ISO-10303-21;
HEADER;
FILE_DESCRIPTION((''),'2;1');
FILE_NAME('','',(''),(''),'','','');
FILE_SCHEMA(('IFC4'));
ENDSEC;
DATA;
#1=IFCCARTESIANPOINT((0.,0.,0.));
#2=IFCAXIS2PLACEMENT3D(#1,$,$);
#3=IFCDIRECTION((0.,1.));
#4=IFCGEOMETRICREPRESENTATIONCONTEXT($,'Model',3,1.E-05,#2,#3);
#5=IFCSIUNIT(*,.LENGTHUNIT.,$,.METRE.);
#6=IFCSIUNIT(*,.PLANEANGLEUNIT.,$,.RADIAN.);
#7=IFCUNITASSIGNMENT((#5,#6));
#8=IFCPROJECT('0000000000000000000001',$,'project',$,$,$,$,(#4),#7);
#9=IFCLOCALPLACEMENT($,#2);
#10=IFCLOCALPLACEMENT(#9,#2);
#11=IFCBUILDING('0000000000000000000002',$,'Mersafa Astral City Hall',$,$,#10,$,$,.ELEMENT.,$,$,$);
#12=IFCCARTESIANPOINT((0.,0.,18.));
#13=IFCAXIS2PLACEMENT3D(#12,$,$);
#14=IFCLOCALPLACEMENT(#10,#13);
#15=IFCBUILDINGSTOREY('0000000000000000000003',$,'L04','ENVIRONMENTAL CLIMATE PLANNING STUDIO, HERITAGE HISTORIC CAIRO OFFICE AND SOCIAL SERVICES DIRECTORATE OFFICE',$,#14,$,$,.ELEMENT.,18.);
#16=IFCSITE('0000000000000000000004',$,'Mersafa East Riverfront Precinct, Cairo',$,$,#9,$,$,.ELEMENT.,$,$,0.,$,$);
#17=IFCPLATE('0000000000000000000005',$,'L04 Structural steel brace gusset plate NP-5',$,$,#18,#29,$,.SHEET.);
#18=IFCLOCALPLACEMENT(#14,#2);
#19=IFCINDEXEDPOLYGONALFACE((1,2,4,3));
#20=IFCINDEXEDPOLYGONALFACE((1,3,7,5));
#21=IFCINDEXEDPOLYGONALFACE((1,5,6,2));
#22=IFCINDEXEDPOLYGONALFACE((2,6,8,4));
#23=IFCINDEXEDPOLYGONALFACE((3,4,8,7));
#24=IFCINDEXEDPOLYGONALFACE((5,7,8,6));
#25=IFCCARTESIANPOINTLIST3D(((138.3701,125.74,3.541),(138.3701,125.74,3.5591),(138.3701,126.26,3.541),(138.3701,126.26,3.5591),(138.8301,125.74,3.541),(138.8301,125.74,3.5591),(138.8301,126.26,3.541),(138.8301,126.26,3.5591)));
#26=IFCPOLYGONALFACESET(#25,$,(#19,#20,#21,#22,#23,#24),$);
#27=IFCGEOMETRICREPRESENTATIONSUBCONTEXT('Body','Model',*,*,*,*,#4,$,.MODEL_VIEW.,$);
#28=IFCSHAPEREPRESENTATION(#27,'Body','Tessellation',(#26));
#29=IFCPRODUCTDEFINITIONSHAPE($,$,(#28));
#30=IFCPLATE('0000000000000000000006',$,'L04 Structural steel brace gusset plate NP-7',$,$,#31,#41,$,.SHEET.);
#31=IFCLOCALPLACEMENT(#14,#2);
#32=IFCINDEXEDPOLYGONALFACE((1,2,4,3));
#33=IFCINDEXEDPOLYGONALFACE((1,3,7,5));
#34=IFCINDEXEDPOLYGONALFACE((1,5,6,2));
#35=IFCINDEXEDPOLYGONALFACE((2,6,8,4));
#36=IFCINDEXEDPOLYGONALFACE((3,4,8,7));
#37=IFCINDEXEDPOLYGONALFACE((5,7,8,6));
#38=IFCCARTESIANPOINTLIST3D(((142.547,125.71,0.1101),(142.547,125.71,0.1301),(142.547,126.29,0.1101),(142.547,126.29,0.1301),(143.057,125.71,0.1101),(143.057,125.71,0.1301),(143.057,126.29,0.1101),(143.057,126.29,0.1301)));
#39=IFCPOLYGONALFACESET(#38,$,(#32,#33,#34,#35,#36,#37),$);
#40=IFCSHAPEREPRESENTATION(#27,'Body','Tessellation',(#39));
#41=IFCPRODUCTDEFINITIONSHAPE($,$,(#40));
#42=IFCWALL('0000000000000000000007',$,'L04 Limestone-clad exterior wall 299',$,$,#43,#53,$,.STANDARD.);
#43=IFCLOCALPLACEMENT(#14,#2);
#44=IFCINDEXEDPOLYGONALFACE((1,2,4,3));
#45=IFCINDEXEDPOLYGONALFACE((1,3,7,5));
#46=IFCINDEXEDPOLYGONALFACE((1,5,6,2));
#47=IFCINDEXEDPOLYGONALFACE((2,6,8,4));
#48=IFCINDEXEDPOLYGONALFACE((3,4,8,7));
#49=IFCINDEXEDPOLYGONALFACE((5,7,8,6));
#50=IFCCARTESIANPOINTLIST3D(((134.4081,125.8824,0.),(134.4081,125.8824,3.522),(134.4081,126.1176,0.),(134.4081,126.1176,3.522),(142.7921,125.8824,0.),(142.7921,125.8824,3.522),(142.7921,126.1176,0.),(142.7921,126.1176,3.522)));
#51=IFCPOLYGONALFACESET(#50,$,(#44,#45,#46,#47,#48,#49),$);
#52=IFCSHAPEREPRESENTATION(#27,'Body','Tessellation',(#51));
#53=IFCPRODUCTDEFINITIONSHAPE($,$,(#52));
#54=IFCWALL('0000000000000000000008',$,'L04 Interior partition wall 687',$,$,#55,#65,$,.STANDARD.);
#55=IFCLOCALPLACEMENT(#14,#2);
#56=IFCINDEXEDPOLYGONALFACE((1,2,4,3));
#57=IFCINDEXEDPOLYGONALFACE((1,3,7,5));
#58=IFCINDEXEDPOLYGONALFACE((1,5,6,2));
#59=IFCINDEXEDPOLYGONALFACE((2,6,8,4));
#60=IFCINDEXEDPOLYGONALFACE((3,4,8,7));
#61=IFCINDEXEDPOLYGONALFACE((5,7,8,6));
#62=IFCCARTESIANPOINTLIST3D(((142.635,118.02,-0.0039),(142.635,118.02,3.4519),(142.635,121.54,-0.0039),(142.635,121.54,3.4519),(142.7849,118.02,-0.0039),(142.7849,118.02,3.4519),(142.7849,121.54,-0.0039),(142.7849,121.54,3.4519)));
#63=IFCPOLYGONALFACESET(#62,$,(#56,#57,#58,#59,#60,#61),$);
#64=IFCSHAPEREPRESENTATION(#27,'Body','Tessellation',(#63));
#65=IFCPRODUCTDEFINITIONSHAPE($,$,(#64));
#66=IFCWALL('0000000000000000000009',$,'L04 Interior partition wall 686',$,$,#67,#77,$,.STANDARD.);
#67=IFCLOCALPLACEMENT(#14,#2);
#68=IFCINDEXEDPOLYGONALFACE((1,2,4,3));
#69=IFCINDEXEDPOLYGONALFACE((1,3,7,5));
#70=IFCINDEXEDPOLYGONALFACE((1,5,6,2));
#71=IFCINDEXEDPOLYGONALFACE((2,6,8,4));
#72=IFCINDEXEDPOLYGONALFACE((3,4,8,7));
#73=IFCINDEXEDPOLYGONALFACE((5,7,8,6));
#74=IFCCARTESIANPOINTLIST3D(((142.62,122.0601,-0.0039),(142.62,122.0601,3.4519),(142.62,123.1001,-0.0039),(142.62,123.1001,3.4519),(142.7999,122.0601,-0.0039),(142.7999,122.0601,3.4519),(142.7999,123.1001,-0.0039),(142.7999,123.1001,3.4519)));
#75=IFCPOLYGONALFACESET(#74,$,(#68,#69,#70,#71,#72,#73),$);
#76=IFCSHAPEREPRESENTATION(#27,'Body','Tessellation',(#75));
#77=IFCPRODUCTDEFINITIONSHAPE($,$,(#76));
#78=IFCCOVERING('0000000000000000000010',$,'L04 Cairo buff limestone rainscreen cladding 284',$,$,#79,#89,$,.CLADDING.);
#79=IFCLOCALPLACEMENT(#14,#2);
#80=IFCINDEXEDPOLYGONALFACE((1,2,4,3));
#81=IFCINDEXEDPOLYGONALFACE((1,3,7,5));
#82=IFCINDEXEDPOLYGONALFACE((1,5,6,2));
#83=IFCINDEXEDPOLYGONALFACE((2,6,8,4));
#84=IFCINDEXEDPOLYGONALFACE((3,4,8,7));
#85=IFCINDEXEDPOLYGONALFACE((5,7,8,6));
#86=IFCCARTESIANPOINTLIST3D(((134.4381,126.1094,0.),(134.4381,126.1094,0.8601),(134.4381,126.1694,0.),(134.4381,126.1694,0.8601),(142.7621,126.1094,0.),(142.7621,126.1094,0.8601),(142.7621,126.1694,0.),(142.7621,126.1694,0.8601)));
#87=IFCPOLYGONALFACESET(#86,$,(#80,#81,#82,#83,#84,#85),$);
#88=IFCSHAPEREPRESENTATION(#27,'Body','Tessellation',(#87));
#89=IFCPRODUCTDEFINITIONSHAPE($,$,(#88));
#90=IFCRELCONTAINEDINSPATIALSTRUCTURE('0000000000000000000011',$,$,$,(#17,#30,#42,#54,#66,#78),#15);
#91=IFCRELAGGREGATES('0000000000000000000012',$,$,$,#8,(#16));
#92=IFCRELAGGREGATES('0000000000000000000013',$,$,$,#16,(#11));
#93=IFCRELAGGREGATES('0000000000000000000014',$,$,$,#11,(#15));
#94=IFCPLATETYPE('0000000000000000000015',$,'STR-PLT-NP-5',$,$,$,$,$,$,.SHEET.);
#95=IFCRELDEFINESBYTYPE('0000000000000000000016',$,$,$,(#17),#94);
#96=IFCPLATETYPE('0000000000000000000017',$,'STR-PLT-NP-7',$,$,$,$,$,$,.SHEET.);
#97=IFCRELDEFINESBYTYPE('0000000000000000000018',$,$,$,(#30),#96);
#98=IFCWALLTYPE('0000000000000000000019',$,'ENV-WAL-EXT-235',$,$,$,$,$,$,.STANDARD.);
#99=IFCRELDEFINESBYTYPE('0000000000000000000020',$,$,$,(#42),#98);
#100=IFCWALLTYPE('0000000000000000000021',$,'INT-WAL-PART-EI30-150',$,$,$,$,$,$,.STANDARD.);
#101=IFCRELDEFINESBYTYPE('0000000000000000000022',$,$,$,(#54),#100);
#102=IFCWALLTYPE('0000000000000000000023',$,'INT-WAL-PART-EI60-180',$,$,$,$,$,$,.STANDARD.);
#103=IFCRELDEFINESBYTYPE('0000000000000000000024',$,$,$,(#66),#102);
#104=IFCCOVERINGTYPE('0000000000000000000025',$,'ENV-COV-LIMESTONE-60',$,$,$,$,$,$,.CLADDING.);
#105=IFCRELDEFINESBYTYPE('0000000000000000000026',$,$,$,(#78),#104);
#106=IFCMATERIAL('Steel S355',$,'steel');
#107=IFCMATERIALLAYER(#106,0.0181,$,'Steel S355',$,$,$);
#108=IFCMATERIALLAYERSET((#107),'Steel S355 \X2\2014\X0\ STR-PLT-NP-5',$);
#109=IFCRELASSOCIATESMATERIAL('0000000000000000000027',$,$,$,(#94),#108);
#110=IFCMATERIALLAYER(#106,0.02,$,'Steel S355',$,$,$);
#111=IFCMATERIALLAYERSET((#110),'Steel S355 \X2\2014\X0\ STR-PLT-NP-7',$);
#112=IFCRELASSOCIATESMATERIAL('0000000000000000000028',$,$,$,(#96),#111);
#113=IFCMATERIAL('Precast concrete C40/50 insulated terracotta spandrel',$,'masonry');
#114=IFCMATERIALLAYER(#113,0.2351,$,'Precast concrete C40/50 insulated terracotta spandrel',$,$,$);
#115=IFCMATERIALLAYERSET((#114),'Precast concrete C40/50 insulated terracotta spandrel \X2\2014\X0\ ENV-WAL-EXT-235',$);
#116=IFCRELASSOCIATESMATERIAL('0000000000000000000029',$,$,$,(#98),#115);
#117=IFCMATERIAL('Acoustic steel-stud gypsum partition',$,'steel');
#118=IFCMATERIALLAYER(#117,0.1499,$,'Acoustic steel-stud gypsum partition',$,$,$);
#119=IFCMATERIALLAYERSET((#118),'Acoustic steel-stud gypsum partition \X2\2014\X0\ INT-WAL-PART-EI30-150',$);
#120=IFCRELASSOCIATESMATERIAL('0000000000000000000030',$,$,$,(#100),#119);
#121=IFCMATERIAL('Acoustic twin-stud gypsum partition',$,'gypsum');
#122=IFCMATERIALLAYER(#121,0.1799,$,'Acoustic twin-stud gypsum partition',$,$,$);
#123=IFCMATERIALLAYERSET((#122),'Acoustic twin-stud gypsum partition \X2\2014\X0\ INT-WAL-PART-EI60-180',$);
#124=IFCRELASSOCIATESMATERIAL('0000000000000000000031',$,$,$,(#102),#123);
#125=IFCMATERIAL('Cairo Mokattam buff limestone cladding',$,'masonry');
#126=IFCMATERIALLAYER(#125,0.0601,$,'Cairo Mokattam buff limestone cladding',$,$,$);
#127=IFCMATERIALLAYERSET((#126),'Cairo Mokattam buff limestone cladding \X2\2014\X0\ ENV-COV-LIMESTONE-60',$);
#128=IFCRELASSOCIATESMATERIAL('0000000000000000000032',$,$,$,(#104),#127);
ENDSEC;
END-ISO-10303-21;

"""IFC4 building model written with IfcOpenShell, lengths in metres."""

from ifc_helpers import new_model, si_unit, direction, frame, frame_2d, origin, origin_2d, place, context, subcontext, project, spatial, rectangle, extrude, material, layer, layer_set, type_object, element, save


model = new_model("IFC4")

# Units and contexts
model_context = context("Model", 3, precision=1e-05, world=origin(), true_north=direction((0.0, 1.0)))
body_context = subcontext(model_context, "Body", "Model", "MODEL_VIEW")
ifc_project = project(units=[si_unit("LENGTHUNIT", "METRE"), si_unit("PLANEANGLEUNIT", "RADIAN")], contexts=[model_context])

# Site, building, storey
site_placement = place(None, origin())
site = spatial("IfcSite", under=ifc_project, at=site_placement, Name="Mersafa East Riverfront Precinct, Cairo", CompositionType="ELEMENT", RefElevation=0.0)
building_placement = place(site_placement, origin())
building = spatial("IfcBuilding", under=site, at=building_placement, Name="Mersafa Astral City Hall", CompositionType="ELEMENT")
storey_placement = place(building_placement, frame((0.0, 0.0, 18.0)))
storey = spatial("IfcBuildingStorey", under=building, at=storey_placement, Name="L04", Description="ENVIRONMENTAL CLIMATE PLANNING STUDIO, HERITAGE HISTORIC CAIRO OFFICE AND SOCIAL SERVICES DIRECTORATE OFFICE", CompositionType="ELEMENT", Elevation=18.0)

# Shared definitions
ifc_material_1 = material(Name="Steel S355", Category="steel")

# Plates
ifc_layer_1 = layer(ifc_material_1, 0.0181, Name="Steel S355")
ifc_layer_set_1 = layer_set([ifc_layer_1], Name="Steel S355 — STR-PLT-NP-5")
plate_type_1 = type_object("IfcPlateType", Name="STR-PLT-NP-5", PredefinedType="SHEET", material=ifc_layer_set_1)
plate_1_placement = place(storey_placement, frame((138.6001, 126.0, 3.541), z_axis=(0.0, 0.0, 1.0), x_axis=(1.0, 0.0, 0.0)))
element("IfcPlate", 1, at=plate_1_placement, inside=storey, type_object=plate_type_1, Name="L04 Structural steel brace gusset plate NP-5", PredefinedType="SHEET", context=body_context, shape_type="SweptSolid", body=[
    extrude(rectangle(XDim=0.46, YDim=0.52, at=origin_2d()), origin(), (0.0, 0.0, 1.0), 0.0181),
])
ifc_layer_2 = layer(ifc_material_1, 0.02, Name="Steel S355")
ifc_layer_set_2 = layer_set([ifc_layer_2], Name="Steel S355 — STR-PLT-NP-7")
plate_type_2 = type_object("IfcPlateType", Name="STR-PLT-NP-7", PredefinedType="SHEET", material=ifc_layer_set_2)
plate_2_placement = place(storey_placement, frame((142.802, 126.0, 0.1101), z_axis=(0.0, 0.0, 1.0), x_axis=(1.0, 0.0, 0.0)))
element("IfcPlate", 2, at=plate_2_placement, inside=storey, type_object=plate_type_2, Name="L04 Structural steel brace gusset plate NP-7", PredefinedType="SHEET", context=body_context, shape_type="SweptSolid", body=[
    extrude(rectangle(XDim=0.51, YDim=0.5801, at=origin_2d()), origin(), (0.0, 0.0, 1.0), 0.02),
])

# Walls
ifc_material_2 = material(Name="Precast concrete C40/50 insulated terracotta spandrel", Category="masonry")
ifc_layer_3 = layer(ifc_material_2, 0.2351, Name="Precast concrete C40/50 insulated terracotta spandrel")
ifc_layer_set_3 = layer_set([ifc_layer_3], Name="Precast concrete C40/50 insulated terracotta spandrel — ENV-WAL-EXT-235")
wall_type_1 = type_object("IfcWallType", Name="ENV-WAL-EXT-235", PredefinedType="STANDARD", material=ifc_layer_set_3)
wall_1_placement = place(storey_placement, frame((142.792, 126.0, 0.0), z_axis=(0.0, 0.0, 1.0), x_axis=(-1.0, 0.0, 0.0)))
element("IfcWall", 3, at=wall_1_placement, inside=storey, type_object=wall_type_1, Name="L04 Limestone-clad exterior wall 299", PredefinedType="STANDARD", context=body_context, shape_type="SweptSolid", body=[
    extrude(rectangle(XDim=8.384, YDim=0.2351, at=frame_2d((4.1919, 0.0))), origin(), (0.0, 0.0, 1.0), 3.522),
])
ifc_material_3 = material(Name="Acoustic steel-stud gypsum partition", Category="steel")
ifc_layer_4 = layer(ifc_material_3, 0.1499, Name="Acoustic steel-stud gypsum partition")
ifc_layer_set_4 = layer_set([ifc_layer_4], Name="Acoustic steel-stud gypsum partition — INT-WAL-PART-EI30-150")
wall_type_2 = type_object("IfcWallType", Name="INT-WAL-PART-EI30-150", PredefinedType="STANDARD", material=ifc_layer_set_4)
wall_2_placement = place(storey_placement, frame((142.71, 121.54, -0.0039), z_axis=(0.0, 0.0, 1.0), x_axis=(0.0, -1.0, 0.0)))
element("IfcWall", 4, at=wall_2_placement, inside=storey, type_object=wall_type_2, Name="L04 Interior partition wall 687", PredefinedType="STANDARD", context=body_context, shape_type="SweptSolid", body=[
    extrude(rectangle(XDim=3.52, YDim=0.1499, at=frame_2d((1.76, 0.0))), origin(), (0.0, 0.0, 1.0), 3.4558),
])
ifc_material_4 = material(Name="Acoustic twin-stud gypsum partition", Category="gypsum")
ifc_layer_5 = layer(ifc_material_4, 0.1799, Name="Acoustic twin-stud gypsum partition")
ifc_layer_set_5 = layer_set([ifc_layer_5], Name="Acoustic twin-stud gypsum partition — INT-WAL-PART-EI60-180")
wall_type_3 = type_object("IfcWallType", Name="INT-WAL-PART-EI60-180", PredefinedType="STANDARD", material=ifc_layer_set_5)
wall_3_placement = place(storey_placement, frame((142.71, 123.1001, -0.0039), z_axis=(0.0, 0.0, 1.0), x_axis=(0.0, -1.0, 0.0)))
element("IfcWall", 5, at=wall_3_placement, inside=storey, type_object=wall_type_3, Name="L04 Interior partition wall 686", PredefinedType="STANDARD", context=body_context, shape_type="SweptSolid", body=[
    extrude(rectangle(XDim=1.04, YDim=0.1799, at=frame_2d((0.52, 0.0))), origin(), (0.0, 0.0, 1.0), 3.4558),
])

# Covering
ifc_material_5 = material(Name="Cairo Mokattam buff limestone cladding", Category="masonry")
ifc_layer_6 = layer(ifc_material_5, 0.0601, Name="Cairo Mokattam buff limestone cladding")
ifc_layer_set_6 = layer_set([ifc_layer_6], Name="Cairo Mokattam buff limestone cladding — ENV-COV-LIMESTONE-60")
covering_type = type_object("IfcCoveringType", Name="ENV-COV-LIMESTONE-60", PredefinedType="CLADDING", material=ifc_layer_set_6)
covering_placement = place(storey_placement, frame((138.6001, 126.1394, 0.0), z_axis=(0.0, 0.0, 1.0), x_axis=(-1.0, 0.0, 0.0)))
element("IfcCovering", 6, at=covering_placement, inside=storey, type_object=covering_type, Name="L04 Cairo buff limestone rainscreen cladding 284", PredefinedType="CLADDING", context=body_context, shape_type="SweptSolid", body=[
    extrude(rectangle(XDim=8.324, YDim=0.0601, at=origin_2d()), origin(), (0.0, 0.0, 1.0), 0.8601),
])

save(model, "model.ifc")
